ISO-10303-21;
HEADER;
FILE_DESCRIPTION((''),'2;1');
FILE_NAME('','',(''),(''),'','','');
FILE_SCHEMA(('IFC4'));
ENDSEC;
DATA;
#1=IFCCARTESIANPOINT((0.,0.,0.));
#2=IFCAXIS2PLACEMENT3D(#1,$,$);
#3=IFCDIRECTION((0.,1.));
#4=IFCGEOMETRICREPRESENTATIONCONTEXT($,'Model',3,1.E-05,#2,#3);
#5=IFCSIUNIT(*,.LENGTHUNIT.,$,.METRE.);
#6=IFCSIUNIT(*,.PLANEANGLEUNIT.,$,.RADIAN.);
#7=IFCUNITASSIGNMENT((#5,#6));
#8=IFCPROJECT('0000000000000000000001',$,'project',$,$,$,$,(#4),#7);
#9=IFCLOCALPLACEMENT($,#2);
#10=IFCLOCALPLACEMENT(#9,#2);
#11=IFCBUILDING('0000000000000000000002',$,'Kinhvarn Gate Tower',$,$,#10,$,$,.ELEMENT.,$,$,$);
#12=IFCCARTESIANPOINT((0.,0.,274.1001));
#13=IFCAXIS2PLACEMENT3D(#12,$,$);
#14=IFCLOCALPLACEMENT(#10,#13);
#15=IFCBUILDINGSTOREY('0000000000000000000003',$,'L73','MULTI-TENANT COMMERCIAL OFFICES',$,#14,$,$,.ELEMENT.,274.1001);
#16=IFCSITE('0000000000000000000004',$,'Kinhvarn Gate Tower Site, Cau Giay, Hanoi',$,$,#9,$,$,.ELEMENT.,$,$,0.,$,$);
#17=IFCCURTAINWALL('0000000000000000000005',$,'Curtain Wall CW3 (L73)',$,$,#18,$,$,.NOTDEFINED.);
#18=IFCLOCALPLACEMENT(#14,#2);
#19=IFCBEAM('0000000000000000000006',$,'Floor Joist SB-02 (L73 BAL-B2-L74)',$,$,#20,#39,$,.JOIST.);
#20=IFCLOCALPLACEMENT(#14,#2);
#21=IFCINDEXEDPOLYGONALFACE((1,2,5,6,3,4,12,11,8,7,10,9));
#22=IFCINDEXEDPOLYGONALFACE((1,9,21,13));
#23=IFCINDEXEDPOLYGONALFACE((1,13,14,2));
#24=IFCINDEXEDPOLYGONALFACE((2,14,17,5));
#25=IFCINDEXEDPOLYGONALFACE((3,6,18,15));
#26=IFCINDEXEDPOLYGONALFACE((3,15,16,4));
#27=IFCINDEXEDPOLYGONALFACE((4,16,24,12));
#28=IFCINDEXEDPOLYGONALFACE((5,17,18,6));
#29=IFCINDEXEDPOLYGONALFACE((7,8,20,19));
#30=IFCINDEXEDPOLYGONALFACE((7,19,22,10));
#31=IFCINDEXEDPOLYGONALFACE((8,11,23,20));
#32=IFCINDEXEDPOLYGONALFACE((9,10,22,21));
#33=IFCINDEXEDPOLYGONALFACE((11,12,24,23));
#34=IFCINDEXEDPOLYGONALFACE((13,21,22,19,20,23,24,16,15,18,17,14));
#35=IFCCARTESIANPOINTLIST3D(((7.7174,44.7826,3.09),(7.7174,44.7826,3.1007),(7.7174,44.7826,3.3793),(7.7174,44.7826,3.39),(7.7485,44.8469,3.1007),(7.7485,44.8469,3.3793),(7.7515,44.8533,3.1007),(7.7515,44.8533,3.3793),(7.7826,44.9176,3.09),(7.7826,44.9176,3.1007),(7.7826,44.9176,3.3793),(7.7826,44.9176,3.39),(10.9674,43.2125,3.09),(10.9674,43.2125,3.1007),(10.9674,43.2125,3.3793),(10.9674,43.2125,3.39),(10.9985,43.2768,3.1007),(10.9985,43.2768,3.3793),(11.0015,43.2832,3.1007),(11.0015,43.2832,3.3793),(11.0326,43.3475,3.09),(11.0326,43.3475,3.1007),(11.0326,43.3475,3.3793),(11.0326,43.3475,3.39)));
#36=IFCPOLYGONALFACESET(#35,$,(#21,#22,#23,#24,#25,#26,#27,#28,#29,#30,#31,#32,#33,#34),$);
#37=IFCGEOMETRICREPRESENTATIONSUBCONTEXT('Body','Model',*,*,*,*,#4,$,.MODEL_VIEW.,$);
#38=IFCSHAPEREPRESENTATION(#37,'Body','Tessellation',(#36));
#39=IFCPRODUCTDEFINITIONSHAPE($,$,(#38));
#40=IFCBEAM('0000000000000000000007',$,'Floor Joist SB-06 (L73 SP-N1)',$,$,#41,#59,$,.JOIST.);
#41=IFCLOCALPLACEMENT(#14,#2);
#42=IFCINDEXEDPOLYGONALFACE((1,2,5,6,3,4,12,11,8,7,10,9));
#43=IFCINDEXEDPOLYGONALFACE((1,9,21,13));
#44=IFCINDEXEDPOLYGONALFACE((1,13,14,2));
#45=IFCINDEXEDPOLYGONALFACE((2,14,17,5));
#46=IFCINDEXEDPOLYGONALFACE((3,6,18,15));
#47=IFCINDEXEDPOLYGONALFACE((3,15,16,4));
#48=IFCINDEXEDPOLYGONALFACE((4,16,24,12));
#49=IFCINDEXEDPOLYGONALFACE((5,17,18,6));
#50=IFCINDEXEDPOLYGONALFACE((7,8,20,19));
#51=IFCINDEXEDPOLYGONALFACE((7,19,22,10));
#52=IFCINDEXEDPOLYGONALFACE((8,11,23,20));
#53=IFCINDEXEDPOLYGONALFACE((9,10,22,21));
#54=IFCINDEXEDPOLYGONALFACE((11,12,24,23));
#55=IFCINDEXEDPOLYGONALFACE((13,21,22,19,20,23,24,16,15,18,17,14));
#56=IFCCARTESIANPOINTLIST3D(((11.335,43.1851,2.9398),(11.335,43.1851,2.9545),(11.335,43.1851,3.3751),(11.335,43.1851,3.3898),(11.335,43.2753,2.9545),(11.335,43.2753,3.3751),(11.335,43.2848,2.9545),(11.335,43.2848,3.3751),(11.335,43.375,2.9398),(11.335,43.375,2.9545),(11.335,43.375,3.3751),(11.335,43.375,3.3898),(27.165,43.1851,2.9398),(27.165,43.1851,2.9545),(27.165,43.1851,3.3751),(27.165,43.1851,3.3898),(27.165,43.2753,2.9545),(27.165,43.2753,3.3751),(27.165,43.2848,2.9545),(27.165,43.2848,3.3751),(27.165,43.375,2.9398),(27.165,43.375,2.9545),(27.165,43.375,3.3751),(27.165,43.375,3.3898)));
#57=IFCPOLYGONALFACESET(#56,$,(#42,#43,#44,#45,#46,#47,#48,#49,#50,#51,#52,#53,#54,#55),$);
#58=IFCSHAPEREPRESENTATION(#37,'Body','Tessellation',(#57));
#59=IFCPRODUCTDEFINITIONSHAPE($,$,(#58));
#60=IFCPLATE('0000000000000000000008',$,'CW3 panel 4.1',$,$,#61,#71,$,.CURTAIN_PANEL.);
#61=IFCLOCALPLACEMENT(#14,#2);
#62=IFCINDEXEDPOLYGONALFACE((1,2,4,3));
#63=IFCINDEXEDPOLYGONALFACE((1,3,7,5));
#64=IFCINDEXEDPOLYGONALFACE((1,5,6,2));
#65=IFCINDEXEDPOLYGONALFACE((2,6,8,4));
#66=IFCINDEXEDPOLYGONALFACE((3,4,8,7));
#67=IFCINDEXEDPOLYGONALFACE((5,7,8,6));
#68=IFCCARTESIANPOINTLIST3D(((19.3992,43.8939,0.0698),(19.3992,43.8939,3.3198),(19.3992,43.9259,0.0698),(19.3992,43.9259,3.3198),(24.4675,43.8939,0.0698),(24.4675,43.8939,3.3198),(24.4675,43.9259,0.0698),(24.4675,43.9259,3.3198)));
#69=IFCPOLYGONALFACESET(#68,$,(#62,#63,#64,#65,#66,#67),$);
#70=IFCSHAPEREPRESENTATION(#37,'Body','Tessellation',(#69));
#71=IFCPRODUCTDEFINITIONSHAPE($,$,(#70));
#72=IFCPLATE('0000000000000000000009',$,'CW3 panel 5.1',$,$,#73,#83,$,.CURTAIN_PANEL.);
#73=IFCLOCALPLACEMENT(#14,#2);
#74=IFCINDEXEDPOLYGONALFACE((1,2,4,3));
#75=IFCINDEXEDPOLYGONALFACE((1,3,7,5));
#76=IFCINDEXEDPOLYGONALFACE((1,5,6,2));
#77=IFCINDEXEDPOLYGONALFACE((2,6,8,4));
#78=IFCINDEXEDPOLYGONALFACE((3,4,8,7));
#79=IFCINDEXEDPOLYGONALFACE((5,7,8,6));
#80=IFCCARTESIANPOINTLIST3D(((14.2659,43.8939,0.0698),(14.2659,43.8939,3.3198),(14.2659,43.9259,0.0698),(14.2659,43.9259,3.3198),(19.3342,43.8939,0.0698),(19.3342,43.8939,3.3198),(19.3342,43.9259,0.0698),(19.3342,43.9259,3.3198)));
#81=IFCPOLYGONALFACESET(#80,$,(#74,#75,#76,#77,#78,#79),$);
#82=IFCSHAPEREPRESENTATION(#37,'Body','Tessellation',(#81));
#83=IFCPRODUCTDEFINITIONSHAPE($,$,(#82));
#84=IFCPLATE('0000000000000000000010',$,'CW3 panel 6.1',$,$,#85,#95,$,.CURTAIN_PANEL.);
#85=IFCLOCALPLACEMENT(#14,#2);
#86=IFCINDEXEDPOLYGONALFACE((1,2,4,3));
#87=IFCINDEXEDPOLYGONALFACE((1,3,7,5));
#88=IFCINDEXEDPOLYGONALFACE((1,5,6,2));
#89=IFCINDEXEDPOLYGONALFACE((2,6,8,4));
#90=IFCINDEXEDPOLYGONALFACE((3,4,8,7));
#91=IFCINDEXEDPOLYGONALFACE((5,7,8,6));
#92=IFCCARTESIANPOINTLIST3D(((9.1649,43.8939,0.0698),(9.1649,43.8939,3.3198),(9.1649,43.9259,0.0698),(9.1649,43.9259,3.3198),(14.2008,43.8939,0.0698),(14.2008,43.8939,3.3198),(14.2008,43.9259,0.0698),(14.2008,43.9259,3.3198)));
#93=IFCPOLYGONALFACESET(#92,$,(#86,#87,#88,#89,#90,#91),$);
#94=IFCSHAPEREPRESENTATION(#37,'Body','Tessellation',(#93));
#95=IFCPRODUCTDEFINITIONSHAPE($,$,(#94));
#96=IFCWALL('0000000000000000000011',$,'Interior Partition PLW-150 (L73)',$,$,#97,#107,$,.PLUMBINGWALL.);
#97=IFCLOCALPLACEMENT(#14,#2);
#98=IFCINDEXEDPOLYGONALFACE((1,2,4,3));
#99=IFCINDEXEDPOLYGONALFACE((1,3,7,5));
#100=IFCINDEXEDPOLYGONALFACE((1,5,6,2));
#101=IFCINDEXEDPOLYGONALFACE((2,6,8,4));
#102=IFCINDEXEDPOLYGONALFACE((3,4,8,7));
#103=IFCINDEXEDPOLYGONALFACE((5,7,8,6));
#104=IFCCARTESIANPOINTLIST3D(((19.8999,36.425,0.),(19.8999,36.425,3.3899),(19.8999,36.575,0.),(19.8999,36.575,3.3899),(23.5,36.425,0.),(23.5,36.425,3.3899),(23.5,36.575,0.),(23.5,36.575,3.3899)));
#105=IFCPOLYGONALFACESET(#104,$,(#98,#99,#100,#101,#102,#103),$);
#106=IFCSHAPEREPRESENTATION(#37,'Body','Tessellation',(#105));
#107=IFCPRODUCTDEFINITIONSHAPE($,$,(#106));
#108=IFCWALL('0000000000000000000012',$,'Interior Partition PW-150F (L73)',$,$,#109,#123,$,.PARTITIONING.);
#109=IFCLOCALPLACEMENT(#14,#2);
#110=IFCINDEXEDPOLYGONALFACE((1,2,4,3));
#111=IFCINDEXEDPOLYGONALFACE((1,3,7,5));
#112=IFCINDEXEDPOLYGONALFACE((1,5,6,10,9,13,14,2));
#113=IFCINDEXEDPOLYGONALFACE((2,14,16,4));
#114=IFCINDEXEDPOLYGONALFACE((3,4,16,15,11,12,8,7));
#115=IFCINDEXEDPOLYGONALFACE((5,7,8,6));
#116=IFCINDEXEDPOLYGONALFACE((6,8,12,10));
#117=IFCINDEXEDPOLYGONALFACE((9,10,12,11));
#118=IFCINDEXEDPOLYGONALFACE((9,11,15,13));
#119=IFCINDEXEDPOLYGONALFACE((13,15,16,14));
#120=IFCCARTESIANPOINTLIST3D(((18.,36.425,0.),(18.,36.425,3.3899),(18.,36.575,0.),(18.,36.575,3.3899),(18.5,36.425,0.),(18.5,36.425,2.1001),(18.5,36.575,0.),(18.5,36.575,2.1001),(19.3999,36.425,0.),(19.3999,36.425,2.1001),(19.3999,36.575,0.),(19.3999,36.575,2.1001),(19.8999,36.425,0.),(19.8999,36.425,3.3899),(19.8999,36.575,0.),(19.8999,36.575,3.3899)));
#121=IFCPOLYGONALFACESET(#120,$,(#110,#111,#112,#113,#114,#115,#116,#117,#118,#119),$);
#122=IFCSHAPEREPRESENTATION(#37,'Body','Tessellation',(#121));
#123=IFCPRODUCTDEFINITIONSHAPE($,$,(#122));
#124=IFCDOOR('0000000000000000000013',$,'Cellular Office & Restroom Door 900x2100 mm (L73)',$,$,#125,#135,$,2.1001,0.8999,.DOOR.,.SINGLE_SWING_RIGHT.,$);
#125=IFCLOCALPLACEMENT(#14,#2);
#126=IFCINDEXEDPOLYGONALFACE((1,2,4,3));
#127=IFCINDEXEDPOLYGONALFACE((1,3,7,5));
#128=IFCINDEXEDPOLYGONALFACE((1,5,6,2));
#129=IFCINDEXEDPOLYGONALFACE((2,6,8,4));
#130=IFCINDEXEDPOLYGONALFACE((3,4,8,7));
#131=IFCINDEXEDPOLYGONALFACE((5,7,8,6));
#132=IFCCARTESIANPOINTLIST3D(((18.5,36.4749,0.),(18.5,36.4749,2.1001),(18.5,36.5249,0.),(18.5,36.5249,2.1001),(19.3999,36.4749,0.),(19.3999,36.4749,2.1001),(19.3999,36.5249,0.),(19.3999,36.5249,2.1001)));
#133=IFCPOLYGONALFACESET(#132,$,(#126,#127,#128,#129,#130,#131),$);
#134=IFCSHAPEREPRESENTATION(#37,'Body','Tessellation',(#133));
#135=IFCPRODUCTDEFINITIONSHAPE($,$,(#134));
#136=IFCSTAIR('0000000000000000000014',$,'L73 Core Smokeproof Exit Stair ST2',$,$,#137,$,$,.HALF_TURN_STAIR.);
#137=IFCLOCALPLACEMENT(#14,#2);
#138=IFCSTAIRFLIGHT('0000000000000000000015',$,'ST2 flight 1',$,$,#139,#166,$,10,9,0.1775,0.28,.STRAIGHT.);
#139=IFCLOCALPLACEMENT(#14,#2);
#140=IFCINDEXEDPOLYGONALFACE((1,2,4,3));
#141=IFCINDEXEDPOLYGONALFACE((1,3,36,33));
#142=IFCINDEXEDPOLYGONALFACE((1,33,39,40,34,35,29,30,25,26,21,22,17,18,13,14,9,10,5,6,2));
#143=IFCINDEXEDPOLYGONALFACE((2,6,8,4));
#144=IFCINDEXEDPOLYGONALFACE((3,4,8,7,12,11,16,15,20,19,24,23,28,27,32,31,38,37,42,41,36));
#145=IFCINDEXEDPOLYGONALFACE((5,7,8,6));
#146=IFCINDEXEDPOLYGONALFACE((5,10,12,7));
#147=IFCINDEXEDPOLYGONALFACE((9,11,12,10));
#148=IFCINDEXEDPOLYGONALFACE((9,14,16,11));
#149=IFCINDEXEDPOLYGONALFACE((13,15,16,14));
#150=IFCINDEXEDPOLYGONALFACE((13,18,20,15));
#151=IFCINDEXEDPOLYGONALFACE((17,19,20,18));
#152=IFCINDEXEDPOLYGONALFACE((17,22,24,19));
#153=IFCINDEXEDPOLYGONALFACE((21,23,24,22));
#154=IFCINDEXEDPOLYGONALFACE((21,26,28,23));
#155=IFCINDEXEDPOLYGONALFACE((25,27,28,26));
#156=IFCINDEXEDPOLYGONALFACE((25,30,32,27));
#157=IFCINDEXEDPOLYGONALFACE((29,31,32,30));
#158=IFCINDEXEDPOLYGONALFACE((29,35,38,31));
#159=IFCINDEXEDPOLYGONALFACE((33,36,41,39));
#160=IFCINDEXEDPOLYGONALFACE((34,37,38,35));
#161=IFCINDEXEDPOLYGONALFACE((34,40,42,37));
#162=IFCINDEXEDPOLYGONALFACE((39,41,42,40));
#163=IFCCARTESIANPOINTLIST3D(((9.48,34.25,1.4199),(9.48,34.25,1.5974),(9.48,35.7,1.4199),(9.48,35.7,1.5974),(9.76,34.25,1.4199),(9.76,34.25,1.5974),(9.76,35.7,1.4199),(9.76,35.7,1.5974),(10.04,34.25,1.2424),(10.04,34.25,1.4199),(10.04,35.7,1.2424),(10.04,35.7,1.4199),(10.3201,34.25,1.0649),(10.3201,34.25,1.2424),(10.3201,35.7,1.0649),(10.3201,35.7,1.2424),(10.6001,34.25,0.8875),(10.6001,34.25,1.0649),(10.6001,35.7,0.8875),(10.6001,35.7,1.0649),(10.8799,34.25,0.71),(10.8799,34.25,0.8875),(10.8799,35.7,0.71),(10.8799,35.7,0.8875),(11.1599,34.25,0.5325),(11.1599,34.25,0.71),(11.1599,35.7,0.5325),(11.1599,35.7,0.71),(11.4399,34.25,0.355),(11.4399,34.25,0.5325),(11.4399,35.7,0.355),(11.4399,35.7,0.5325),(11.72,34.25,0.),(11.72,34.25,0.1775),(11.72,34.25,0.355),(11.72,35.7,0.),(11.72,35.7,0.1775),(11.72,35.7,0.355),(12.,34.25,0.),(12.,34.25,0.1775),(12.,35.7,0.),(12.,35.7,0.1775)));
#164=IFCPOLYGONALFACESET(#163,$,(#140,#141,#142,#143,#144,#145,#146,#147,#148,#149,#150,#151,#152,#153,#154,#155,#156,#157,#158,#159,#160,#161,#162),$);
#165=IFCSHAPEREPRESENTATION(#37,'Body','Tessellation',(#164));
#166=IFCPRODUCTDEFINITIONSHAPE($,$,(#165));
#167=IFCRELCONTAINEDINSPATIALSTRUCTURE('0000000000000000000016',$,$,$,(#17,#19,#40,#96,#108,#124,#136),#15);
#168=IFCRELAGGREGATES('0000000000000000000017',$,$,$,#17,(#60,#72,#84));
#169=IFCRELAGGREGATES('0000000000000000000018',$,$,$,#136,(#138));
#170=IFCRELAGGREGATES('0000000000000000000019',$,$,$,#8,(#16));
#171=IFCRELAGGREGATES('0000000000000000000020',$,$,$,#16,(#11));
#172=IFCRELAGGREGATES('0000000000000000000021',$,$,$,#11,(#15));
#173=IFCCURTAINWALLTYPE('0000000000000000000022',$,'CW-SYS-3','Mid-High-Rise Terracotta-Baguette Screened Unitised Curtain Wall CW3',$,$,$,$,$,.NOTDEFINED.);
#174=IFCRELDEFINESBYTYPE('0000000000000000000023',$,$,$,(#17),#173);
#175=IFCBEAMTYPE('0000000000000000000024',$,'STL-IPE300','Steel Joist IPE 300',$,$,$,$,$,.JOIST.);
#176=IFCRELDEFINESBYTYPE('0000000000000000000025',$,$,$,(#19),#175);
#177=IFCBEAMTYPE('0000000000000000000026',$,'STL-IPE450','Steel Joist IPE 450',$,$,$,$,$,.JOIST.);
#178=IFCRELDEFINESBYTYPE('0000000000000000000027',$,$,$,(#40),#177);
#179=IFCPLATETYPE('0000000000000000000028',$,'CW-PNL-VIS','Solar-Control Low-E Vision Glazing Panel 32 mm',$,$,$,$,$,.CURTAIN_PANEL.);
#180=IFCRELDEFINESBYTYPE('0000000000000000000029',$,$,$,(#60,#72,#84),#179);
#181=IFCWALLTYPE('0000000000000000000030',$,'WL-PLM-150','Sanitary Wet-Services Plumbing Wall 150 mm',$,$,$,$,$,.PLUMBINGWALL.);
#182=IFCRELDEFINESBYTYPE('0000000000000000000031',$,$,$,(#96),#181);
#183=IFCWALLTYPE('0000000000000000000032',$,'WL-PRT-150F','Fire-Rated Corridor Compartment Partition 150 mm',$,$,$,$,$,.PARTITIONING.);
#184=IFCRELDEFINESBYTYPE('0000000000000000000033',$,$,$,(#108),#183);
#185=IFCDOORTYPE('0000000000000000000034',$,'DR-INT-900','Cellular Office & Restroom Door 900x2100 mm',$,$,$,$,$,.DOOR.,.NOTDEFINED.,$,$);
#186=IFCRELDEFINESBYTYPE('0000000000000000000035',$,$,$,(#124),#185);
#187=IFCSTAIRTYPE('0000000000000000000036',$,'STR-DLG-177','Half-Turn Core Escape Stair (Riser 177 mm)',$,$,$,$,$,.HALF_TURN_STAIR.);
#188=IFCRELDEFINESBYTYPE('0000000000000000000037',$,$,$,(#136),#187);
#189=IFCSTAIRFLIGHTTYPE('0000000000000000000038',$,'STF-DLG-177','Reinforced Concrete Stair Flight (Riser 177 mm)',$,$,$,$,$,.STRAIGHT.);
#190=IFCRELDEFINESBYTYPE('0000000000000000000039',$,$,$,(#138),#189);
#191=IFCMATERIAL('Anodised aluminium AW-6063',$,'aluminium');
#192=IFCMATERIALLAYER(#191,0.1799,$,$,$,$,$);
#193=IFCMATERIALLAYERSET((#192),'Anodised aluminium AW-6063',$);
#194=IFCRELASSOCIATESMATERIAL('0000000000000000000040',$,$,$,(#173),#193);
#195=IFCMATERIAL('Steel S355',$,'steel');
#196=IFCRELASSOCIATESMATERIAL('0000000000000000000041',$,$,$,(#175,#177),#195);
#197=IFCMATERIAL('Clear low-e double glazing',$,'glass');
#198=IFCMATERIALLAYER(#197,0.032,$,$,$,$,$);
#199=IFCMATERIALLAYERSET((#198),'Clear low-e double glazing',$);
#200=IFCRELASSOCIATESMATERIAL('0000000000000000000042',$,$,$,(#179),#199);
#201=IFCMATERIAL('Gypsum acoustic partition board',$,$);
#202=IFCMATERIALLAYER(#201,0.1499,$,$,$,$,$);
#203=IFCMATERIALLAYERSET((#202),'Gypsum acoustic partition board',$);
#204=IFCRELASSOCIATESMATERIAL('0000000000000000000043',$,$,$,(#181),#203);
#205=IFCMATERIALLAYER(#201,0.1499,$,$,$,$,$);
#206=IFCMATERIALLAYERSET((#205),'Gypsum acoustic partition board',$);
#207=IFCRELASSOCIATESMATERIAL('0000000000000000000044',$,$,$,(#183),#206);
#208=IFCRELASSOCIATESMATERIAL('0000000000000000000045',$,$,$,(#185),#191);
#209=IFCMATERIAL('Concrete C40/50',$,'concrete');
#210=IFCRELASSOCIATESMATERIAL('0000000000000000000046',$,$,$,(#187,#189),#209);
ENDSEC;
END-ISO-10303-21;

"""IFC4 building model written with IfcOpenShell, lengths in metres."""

from ifc_helpers import new_model, si_unit, direction, frame, frame_2d, origin, origin_2d, place, context, subcontext, project, spatial, polyline, rectangle, i_section, outline, extrude, material, layer, layer_set, material_profile, profile_set, type_object, element, fill, aggregate, save


model = new_model("IFC4")

# Units and contexts
model_context = context("Model", 3, precision=1e-05, world=origin(), true_north=direction((0.0, 1.0)))
body_context = subcontext(model_context, "Body", "Model", "MODEL_VIEW")
ifc_project = project(units=[si_unit("LENGTHUNIT", "METRE"), si_unit("PLANEANGLEUNIT", "RADIAN")], contexts=[model_context])

# Site, building, storey
site_placement = place(None, origin())
site = spatial("IfcSite", under=ifc_project, at=site_placement, Name="Kinhvarn Gate Tower Site, Cau Giay, Hanoi", CompositionType="ELEMENT", RefElevation=0.0)
building_placement = place(site_placement, origin())
building = spatial("IfcBuilding", under=site, at=building_placement, Name="Kinhvarn Gate Tower", CompositionType="ELEMENT")
storey_placement = place(building_placement, frame((0.0, 0.0, 274.1001)))
storey = spatial("IfcBuildingStorey", under=building, at=storey_placement, Name="L73", Description="MULTI-TENANT COMMERCIAL OFFICES", CompositionType="ELEMENT", Elevation=274.1001)

# Curtain wall
ifc_material_1 = material(Name="Anodised aluminium AW-6063", Category="aluminium")
ifc_layer_1 = layer(ifc_material_1, 0.1799)
ifc_layer_set_1 = layer_set([ifc_layer_1], Name="Anodised aluminium AW-6063")
curtain_wall_type = type_object("IfcCurtainWallType", Name="CW-SYS-3", Description="Mid-High-Rise Terracotta-Baguette Screened Unitised Curtain Wall CW3", PredefinedType="NOTDEFINED", material=ifc_layer_set_1)
curtain_wall_placement = place(storey_placement, origin())
curtain_wall = element("IfcCurtainWall", 1, at=curtain_wall_placement, inside=storey, type_object=curtain_wall_type, Name="Curtain Wall CW3 (L73)", PredefinedType="NOTDEFINED")

# Beams
ifc_material_2 = material(Name="Steel S355", Category="steel")
ifc_material_profile_1 = material_profile(ifc_material_2, i_section(OverallWidth=0.1499, OverallDepth=0.3, WebThickness=0.0071, FlangeThickness=0.0107, at=origin_2d()), Name="IPE 300")
ifc_profile_set_1 = profile_set([ifc_material_profile_1], Name="Steel S355")
beam_type_1 = type_object("IfcBeamType", Name="STL-IPE300", Description="Steel Joist IPE 300", PredefinedType="JOIST", material=ifc_profile_set_1)
beam_1_placement = place(storey_placement, frame((11.0, 43.28, 3.24), z_axis=(-0.900432, 0.434997, 0.0), x_axis=(-0.434997, -0.900432, 0.0)))
element("IfcBeam", 2, at=beam_1_placement, inside=storey, type_object=beam_type_1, Name="Floor Joist SB-02 (L73 BAL-B2-L74)", PredefinedType="JOIST", context=body_context, shape_type="SweptSolid", body=[
    extrude(i_section(OverallWidth=0.1499, OverallDepth=0.3, WebThickness=0.0071, FlangeThickness=0.0107, at=origin_2d()), origin(), (0.0, 0.0, 1.0), 3.6094),
])
ifc_material_profile_2 = material_profile(ifc_material_2, i_section(OverallWidth=0.1899, OverallDepth=0.45, WebThickness=0.0095, FlangeThickness=0.0146, at=origin_2d()), Name="IPE 450")
ifc_profile_set_2 = profile_set([ifc_material_profile_2], Name="Steel S355")
beam_type_2 = type_object("IfcBeamType", Name="STL-IPE450", Description="Steel Joist IPE 450", PredefinedType="JOIST", material=ifc_profile_set_2)
beam_2_placement = place(storey_placement, frame((11.335, 43.28, 3.1648), z_axis=(1.0, 0.0, 0.0), x_axis=(0.0, 1.0, 0.0)))
element("IfcBeam", 3, at=beam_2_placement, inside=storey, type_object=beam_type_2, Name="Floor Joist SB-06 (L73 SP-N1)", PredefinedType="JOIST", context=body_context, shape_type="SweptSolid", body=[
    extrude(i_section(OverallWidth=0.1899, OverallDepth=0.45, WebThickness=0.0095, FlangeThickness=0.0146, at=origin_2d()), origin(), (0.0, 0.0, 1.0), 15.8301),
])

# Plates
ifc_material_3 = material(Name="Clear low-e double glazing", Category="glass")
ifc_layer_2 = layer(ifc_material_3, 0.032)
ifc_layer_set_2 = layer_set([ifc_layer_2], Name="Clear low-e double glazing")
plate_type = type_object("IfcPlateType", Name="CW-PNL-VIS", Description="Solar-Control Low-E Vision Glazing Panel 32 mm", PredefinedType="CURTAIN_PANEL", material=ifc_layer_set_2)
plate_1_placement = place(storey_placement, frame((21.9333, 43.9099, 0.0698), z_axis=(0.0, 0.0, 1.0), x_axis=(-1.0, 0.0, 0.0)))
plate_1 = element("IfcPlate", 4, at=plate_1_placement, type_object=plate_type, Name="CW3 panel 4.1", PredefinedType="CURTAIN_PANEL", context=body_context, shape_type="SweptSolid", body=[
    extrude(rectangle(XDim=5.0684, YDim=0.032, at=origin_2d()), origin(), (0.0, 0.0, 1.0), 3.25),
])
plate_2_placement = place(storey_placement, frame((16.8, 43.9099, 0.0698), z_axis=(0.0, 0.0, 1.0), x_axis=(-1.0, 0.0, 0.0)))
plate_2 = element("IfcPlate", 5, at=plate_2_placement, type_object=plate_type, Name="CW3 panel 5.1", PredefinedType="CURTAIN_PANEL", context=body_context, shape_type="SweptSolid", body=[
    extrude(rectangle(XDim=5.0684, YDim=0.032, at=origin_2d()), origin(), (0.0, 0.0, 1.0), 3.25),
])
plate_3_placement = place(storey_placement, frame((11.6829, 43.9099, 0.0698), z_axis=(0.0, 0.0, 1.0), x_axis=(-1.0, 0.0, 0.0)))
plate_3 = element("IfcPlate", 6, at=plate_3_placement, type_object=plate_type, Name="CW3 panel 6.1", PredefinedType="CURTAIN_PANEL", context=body_context, shape_type="SweptSolid", body=[
    extrude(rectangle(XDim=5.0359, YDim=0.032, at=origin_2d()), origin(), (0.0, 0.0, 1.0), 3.25),
])
aggregate(curtain_wall, [plate_1, plate_2, plate_3])

# Wall
ifc_material_4 = material(Name="Gypsum acoustic partition board")
ifc_layer_3 = layer(ifc_material_4, 0.1499)
ifc_layer_set_3 = layer_set([ifc_layer_3], Name="Gypsum acoustic partition board")
wall_type_1 = type_object("IfcWallType", Name="WL-PLM-150", Description="Sanitary Wet-Services Plumbing Wall 150 mm", PredefinedType="PLUMBINGWALL", material=ifc_layer_set_3)
wall_1_placement = place(storey_placement, frame((19.8999, 36.5, 0.0), z_axis=(0.0, 0.0, 1.0), x_axis=(1.0, 0.0, 0.0)))
element("IfcWall", 7, at=wall_1_placement, inside=storey, type_object=wall_type_1, Name="Interior Partition PLW-150 (L73)", PredefinedType="PLUMBINGWALL", context=body_context, shape_type="SweptSolid", body=[
    extrude(rectangle(XDim=3.6001, YDim=0.1499, at=frame_2d((1.8, 0.0))), origin(), (0.0, 0.0, 1.0), 3.3899),
])

# Wall, opening, door
ifc_layer_4 = layer(ifc_material_4, 0.1499)
ifc_layer_set_4 = layer_set([ifc_layer_4], Name="Gypsum acoustic partition board")
wall_type_2 = type_object("IfcWallType", Name="WL-PRT-150F", Description="Fire-Rated Corridor Compartment Partition 150 mm", PredefinedType="PARTITIONING", material=ifc_layer_set_4)
wall_2_placement = place(storey_placement, frame((18.0, 36.5, 0.0), z_axis=(0.0, 0.0, 1.0), x_axis=(1.0, 0.0, 0.0)))
wall_2 = element("IfcWall", 8, at=wall_2_placement, inside=storey, type_object=wall_type_2, Name="Interior Partition PW-150F (L73)", PredefinedType="PARTITIONING", context=body_context, shape_type="SweptSolid", body=[
    extrude(rectangle(XDim=1.8999, YDim=0.1499, at=frame_2d((0.95, 0.0))), origin(), (0.0, 0.0, 1.0), 3.3899),
])
opening_placement = place(wall_2_placement, frame((0.5, 0.0, 0.0)))
opening = element("IfcOpeningElement", 9, at=opening_placement, cuts=wall_2, PredefinedType="OPENING", context=body_context, shape_type="SweptSolid", body=[
    extrude(rectangle(XDim=0.8999, YDim=2.1001, at=frame_2d((0.45, 1.05))), frame((0.0, 0.085, 0.0), z_axis=(0.0, -1.0, 0.0), x_axis=(1.0, 0.0, 0.0)), (0.0, 0.0, 1.0), 0.1699),
])
door_type = type_object("IfcDoorType", Name="DR-INT-900", Description="Cellular Office & Restroom Door 900x2100 mm", OperationType="NOTDEFINED", PredefinedType="DOOR", material=ifc_material_1)
door_placement = place(opening_placement, origin())
door = element("IfcDoor", 10, at=door_placement, inside=storey, type_object=door_type, Name="Cellular Office & Restroom Door 900x2100 mm (L73)", OperationType="SINGLE_SWING_RIGHT", OverallHeight=2.1001, OverallWidth=0.8999, PredefinedType="DOOR", context=body_context, shape_type="SweptSolid", body=[
    extrude(rectangle(XDim=0.8999, YDim=2.1001, at=frame_2d((0.45, 1.05))), frame((0.0, 0.0249, 0.0), z_axis=(0.0, -1.0, 0.0), x_axis=(1.0, 0.0, 0.0)), (0.0, 0.0, 1.0), 0.05),
])
fill(opening, door)

# Stair, stair flight
ifc_material_5 = material(Name="Concrete C40/50", Category="concrete")
stair_type = type_object("IfcStairType", Name="STR-DLG-177", Description="Half-Turn Core Escape Stair (Riser 177 mm)", PredefinedType="HALF_TURN_STAIR", material=ifc_material_5)
stair_placement = place(storey_placement, origin())
stair = element("IfcStair", 11, at=stair_placement, inside=storey, type_object=stair_type, Name="L73 Core Smokeproof Exit Stair ST2", PredefinedType="HALF_TURN_STAIR")
stair_flight_type = type_object("IfcStairFlightType", Name="STF-DLG-177", Description="Reinforced Concrete Stair Flight (Riser 177 mm)", PredefinedType="STRAIGHT", material=ifc_material_5)
stair_flight_placement = place(storey_placement, frame((12.0, 34.9751, 0.0), z_axis=(0.0, 0.0, 1.0), x_axis=(-1.0, 0.0, 0.0)))
stair_flight = element("IfcStairFlight", 12, at=stair_flight_placement, type_object=stair_flight_type, Name="ST2 flight 1", NumberOfRisers=10, NumberOfTreads=9, PredefinedType="STRAIGHT", RiserHeight=0.1775, TreadLength=0.28, context=body_context, shape_type="SweptSolid", body=[
    extrude(outline(polyline([(0.0, 0.0), (0.0, 0.1775), (0.28, 0.1775), (0.28, 0.355), (0.5601, 0.355), (0.5601, 0.5325), (0.8401, 0.5325), (0.8401, 0.71), (1.1201, 0.71), (1.1201, 0.8875), (1.3999, 0.8875), (1.3999, 1.0649), (1.6799, 1.0649), (1.6799, 1.2424), (1.96, 1.2424), (1.96, 1.4199), (2.24, 1.4199), (2.24, 1.5974), (2.52, 1.5974), (2.52, 1.7749), (2.52, 1.4199), (0.28, 0.0), (0.0, 0.0)])), frame((0.0, 0.7251, 0.0), z_axis=(0.0, -1.0, 0.0), x_axis=(1.0, 0.0, 0.0)), (0.0, 0.0, 1.0), 1.45),
])
aggregate(stair, [stair_flight])

save(model, "model.ifc")
